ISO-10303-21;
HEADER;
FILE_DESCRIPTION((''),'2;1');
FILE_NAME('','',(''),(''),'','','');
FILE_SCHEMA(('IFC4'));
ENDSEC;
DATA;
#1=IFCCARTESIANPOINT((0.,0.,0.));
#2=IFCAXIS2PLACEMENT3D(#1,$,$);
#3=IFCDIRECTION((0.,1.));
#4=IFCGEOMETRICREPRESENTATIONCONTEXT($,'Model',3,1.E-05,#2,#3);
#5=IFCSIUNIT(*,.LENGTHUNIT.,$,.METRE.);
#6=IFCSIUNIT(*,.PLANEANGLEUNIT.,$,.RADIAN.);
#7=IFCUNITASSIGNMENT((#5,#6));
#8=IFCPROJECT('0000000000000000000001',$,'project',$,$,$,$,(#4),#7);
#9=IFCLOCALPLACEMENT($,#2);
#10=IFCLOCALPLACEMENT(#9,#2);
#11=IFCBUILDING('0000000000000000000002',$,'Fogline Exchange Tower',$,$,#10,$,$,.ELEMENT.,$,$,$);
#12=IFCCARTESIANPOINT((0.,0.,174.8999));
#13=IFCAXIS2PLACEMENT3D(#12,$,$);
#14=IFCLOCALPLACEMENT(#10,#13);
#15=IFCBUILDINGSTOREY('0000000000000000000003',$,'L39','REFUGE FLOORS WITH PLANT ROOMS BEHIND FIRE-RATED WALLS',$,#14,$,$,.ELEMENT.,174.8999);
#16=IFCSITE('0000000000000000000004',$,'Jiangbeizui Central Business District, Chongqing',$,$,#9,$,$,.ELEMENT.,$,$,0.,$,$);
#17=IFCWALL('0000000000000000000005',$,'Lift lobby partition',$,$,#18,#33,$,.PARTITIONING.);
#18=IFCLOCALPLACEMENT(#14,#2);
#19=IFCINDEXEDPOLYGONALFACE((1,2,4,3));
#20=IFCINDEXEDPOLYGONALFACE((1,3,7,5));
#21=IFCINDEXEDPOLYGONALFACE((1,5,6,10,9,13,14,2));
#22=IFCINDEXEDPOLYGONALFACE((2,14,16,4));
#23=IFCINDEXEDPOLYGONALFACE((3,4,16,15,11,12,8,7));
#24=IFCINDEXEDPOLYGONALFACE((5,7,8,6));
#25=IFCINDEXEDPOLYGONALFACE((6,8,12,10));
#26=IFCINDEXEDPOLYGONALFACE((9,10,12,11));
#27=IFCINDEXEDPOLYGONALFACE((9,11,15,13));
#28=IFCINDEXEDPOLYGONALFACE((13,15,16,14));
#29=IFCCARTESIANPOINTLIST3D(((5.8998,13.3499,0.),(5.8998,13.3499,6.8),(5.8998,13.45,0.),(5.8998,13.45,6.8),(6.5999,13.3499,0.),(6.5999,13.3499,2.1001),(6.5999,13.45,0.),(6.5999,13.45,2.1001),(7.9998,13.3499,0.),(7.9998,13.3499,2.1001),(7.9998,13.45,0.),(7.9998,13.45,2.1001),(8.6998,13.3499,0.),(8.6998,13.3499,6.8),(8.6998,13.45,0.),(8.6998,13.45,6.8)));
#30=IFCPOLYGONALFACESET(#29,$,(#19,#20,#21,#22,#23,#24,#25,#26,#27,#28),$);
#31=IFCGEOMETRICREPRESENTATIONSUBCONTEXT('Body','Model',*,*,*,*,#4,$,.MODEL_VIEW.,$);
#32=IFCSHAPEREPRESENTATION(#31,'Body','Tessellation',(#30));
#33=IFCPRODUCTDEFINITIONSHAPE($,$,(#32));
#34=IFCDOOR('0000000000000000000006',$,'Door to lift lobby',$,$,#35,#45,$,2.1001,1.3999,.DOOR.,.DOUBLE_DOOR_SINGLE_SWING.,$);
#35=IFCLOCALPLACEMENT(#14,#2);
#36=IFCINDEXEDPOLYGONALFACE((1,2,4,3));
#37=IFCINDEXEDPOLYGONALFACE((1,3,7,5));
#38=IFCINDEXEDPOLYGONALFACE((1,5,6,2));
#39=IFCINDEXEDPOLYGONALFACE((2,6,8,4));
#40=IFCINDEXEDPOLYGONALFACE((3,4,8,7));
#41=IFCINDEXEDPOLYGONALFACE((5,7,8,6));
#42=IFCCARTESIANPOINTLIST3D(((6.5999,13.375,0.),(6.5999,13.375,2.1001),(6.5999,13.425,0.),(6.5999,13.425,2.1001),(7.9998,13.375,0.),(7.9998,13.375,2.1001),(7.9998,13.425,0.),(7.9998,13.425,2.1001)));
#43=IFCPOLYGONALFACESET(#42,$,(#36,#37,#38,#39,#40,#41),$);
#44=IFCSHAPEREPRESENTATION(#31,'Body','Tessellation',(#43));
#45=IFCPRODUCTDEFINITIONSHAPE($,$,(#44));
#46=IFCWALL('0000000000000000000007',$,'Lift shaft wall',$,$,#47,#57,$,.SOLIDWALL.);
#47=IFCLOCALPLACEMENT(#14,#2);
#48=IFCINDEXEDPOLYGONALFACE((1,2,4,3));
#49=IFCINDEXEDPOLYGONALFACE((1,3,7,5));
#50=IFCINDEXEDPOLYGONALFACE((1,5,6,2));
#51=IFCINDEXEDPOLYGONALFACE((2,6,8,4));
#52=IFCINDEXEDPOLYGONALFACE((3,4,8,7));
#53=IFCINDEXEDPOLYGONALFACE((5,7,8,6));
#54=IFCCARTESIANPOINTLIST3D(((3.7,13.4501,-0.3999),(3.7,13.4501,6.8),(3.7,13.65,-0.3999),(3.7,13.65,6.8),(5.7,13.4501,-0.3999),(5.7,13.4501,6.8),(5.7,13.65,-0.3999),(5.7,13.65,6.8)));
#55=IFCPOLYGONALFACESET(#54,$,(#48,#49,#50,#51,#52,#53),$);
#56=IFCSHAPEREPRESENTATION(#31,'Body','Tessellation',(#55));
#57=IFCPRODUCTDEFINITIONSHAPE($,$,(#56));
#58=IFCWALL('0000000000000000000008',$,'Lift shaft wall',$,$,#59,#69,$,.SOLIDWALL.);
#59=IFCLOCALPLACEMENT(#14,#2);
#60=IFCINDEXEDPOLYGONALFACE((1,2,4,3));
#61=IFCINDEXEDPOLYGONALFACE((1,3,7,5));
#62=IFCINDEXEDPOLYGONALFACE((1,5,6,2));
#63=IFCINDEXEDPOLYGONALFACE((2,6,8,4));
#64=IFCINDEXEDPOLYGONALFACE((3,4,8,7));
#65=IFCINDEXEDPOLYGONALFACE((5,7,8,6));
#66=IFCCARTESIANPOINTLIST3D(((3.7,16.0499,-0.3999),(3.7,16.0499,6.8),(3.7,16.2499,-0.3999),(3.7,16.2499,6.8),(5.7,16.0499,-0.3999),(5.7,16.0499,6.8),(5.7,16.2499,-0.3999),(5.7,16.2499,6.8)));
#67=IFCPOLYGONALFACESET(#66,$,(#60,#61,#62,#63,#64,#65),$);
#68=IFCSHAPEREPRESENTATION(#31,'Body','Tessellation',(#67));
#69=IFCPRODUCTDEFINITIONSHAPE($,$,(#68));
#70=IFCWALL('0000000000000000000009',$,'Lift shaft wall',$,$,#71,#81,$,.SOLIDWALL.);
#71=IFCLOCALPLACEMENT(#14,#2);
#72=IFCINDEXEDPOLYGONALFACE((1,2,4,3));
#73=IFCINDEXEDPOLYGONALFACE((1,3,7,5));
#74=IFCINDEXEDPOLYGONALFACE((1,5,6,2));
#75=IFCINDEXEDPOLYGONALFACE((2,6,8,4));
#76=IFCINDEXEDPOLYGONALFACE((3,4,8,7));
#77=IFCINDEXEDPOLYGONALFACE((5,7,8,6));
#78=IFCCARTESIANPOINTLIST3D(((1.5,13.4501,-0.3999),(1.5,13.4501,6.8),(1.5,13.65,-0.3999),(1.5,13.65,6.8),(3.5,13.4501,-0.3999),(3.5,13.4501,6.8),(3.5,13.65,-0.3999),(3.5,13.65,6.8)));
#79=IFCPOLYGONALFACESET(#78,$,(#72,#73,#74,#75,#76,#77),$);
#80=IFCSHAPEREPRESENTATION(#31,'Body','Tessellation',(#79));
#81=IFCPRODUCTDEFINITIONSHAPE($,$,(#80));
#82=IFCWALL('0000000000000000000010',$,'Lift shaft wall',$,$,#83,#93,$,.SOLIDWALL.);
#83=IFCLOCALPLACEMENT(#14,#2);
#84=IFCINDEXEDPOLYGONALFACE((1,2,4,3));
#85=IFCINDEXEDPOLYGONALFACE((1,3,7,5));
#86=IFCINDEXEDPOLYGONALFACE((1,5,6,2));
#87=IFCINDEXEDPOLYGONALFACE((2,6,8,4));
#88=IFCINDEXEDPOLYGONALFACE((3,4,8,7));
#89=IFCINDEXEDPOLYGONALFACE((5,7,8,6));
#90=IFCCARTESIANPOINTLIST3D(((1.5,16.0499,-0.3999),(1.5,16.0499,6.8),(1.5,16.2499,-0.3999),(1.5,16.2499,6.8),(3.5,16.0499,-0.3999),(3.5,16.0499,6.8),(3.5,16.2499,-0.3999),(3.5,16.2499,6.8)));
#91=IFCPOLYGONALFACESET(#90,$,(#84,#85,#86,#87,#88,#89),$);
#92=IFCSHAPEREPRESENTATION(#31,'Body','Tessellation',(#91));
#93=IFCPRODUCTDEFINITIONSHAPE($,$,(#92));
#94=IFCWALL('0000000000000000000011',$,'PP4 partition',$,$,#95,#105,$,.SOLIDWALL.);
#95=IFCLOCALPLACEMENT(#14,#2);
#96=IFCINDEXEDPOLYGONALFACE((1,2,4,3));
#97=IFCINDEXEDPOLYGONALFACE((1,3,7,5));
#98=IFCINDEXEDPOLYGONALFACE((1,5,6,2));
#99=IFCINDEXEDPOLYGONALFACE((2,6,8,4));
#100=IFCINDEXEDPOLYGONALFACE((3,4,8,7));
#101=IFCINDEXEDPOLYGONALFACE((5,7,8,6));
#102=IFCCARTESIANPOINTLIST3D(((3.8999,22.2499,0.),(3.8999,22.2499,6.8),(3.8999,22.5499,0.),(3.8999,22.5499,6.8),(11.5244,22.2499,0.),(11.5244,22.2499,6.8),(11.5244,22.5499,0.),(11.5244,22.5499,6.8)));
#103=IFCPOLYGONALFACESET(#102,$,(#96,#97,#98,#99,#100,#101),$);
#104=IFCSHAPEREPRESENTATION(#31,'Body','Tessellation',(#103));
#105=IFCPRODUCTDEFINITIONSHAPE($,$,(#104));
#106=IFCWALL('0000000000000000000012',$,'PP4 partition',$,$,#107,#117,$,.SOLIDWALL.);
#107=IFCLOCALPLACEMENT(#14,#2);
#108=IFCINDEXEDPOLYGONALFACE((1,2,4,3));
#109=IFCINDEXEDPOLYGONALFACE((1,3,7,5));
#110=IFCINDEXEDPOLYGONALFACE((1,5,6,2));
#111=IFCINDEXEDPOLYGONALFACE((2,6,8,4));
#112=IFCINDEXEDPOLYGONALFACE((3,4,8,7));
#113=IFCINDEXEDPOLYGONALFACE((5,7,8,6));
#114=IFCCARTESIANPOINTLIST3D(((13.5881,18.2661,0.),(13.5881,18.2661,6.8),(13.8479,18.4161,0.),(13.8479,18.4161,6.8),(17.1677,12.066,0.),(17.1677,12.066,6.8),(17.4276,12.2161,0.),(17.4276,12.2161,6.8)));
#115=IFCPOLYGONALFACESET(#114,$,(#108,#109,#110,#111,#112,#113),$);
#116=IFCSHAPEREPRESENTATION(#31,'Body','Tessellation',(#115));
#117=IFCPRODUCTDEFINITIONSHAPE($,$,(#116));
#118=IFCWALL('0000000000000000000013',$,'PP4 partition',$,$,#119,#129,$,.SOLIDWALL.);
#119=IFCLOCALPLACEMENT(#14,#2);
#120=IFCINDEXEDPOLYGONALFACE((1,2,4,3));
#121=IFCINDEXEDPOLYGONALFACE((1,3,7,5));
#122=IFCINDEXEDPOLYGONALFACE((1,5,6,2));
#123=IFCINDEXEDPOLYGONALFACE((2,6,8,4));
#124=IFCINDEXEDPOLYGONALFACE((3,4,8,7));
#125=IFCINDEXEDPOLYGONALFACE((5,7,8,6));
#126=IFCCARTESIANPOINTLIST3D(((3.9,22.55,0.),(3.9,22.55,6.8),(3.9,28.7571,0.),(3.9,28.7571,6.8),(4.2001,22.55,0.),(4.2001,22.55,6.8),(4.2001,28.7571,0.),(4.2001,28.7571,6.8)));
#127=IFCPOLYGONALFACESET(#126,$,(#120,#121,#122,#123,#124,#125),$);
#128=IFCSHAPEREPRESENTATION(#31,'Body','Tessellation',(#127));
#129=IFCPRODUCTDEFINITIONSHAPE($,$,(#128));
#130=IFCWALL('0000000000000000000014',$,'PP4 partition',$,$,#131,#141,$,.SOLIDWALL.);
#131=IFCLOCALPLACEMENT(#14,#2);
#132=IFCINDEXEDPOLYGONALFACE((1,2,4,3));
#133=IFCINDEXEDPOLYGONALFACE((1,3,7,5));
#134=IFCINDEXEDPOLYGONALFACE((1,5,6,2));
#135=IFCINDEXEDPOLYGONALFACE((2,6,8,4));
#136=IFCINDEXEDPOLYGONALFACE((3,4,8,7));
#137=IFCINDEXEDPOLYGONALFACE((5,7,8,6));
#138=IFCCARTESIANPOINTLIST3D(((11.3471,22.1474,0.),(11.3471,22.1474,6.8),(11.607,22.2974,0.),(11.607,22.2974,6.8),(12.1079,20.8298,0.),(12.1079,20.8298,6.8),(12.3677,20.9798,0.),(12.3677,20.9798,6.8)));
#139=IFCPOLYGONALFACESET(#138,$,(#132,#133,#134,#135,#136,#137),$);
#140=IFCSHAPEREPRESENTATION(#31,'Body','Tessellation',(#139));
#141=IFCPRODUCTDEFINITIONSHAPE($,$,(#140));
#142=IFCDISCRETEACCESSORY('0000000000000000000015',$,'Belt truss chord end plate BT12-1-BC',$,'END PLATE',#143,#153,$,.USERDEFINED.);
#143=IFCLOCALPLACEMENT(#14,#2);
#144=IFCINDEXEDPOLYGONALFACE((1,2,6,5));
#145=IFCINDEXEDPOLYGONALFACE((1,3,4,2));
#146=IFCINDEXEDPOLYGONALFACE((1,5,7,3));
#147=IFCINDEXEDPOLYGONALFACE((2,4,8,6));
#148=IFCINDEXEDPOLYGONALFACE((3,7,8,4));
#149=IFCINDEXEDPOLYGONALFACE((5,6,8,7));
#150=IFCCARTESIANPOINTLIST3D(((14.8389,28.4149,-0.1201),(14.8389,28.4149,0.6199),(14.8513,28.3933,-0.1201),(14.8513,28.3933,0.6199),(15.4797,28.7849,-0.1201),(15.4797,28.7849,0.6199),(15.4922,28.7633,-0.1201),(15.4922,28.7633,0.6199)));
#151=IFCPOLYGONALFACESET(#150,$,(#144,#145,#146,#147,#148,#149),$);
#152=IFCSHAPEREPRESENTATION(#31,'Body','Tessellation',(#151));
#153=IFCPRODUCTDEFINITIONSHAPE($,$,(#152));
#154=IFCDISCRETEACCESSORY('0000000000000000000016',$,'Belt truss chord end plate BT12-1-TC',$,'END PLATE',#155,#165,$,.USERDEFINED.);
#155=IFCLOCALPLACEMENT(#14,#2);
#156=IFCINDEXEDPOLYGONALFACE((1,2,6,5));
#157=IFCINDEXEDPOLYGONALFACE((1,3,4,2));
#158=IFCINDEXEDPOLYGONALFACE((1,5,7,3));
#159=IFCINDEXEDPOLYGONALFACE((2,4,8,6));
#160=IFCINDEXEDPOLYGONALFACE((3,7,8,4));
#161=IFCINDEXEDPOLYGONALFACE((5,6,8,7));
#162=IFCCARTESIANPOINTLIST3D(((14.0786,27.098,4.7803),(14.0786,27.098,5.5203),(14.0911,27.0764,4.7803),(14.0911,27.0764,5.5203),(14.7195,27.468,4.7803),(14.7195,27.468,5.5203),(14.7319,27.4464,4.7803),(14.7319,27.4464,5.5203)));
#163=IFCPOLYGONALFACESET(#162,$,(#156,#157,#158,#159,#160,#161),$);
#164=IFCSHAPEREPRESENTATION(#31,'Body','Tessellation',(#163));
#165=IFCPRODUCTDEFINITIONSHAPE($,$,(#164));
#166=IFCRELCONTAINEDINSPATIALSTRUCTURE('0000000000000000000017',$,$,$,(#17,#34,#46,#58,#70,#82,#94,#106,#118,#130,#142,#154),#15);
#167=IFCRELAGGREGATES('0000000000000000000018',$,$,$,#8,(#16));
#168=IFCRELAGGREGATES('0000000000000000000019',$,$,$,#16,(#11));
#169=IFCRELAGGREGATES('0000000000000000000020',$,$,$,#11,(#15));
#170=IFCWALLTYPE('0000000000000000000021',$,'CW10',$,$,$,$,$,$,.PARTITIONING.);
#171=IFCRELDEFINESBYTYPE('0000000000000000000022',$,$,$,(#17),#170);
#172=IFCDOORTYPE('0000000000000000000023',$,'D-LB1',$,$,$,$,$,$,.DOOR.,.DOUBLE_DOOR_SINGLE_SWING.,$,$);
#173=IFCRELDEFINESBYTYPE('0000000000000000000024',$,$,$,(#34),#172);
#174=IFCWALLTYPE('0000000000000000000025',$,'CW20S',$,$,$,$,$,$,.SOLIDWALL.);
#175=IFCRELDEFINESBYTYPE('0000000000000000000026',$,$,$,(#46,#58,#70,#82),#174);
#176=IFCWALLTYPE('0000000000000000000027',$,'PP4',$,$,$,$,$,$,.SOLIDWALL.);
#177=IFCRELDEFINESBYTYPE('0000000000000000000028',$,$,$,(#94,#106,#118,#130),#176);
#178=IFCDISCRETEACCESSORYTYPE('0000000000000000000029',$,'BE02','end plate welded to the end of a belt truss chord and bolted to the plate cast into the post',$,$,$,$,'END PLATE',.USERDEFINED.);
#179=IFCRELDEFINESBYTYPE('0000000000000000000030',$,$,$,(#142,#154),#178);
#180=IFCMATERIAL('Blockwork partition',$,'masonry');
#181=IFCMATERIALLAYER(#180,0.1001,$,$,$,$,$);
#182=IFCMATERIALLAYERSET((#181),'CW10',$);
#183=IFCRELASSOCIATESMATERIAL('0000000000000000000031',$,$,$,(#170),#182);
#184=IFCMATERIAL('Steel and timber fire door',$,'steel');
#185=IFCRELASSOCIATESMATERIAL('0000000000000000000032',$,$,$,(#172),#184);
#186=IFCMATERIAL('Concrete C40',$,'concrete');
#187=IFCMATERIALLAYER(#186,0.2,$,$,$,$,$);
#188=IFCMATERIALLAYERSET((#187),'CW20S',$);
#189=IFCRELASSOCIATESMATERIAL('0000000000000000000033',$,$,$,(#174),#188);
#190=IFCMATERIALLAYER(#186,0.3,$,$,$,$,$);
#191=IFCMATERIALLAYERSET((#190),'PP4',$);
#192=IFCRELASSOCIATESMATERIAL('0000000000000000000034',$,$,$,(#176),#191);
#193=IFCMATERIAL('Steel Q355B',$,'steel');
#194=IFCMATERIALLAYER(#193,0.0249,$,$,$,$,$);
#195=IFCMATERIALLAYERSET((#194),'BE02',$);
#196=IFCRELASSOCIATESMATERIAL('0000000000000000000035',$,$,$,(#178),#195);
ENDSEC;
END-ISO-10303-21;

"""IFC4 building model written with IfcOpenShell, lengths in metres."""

from ifc_helpers import new_model, si_unit, direction, frame, frame_2d, origin, origin_2d, place, context, subcontext, project, spatial, rectangle, extrude, material, layer, layer_set, type_object, element, fill, save


model = new_model("IFC4")

# Units and contexts
model_context = context("Model", 3, precision=1e-05, world=origin(), true_north=direction((0.0, 1.0)))
body_context = subcontext(model_context, "Body", "Model", "MODEL_VIEW")
ifc_project = project(units=[si_unit("LENGTHUNIT", "METRE"), si_unit("PLANEANGLEUNIT", "RADIAN")], contexts=[model_context])

# Site, building, storey
site_placement = place(None, origin())
site = spatial("IfcSite", under=ifc_project, at=site_placement, Name="Jiangbeizui Central Business District, Chongqing", CompositionType="ELEMENT", RefElevation=0.0)
building_placement = place(site_placement, origin())
building = spatial("IfcBuilding", under=site, at=building_placement, Name="Fogline Exchange Tower", CompositionType="ELEMENT")
storey_placement = place(building_placement, frame((0.0, 0.0, 174.8999)))
storey = spatial("IfcBuildingStorey", under=building, at=storey_placement, Name="L39", Description="REFUGE FLOORS WITH PLANT ROOMS BEHIND FIRE-RATED WALLS", CompositionType="ELEMENT", Elevation=174.8999)

# Shared definitions
ifc_material_1 = material(Name="Concrete C40", Category="concrete")

# Shared definitions
ifc_material_2 = material(Name="Steel Q355B", Category="steel")

# Wall, opening, door
ifc_material_3 = material(Name="Blockwork partition", Category="masonry")
ifc_layer_1 = layer(ifc_material_3, 0.1001)
ifc_layer_set_1 = layer_set([ifc_layer_1], Name="CW10")
wall_type_1 = type_object("IfcWallType", Name="CW10", PredefinedType="PARTITIONING", material=ifc_layer_set_1)
wall_1_placement = place(storey_placement, frame((5.8999, 13.3999, 0.0), z_axis=(0.0, 0.0, 1.0), x_axis=(1.0, 0.0, 0.0)))
wall_1 = element("IfcWall", 1, at=wall_1_placement, inside=storey, type_object=wall_type_1, Name="Lift lobby partition", PredefinedType="PARTITIONING", context=body_context, shape_type="SweptSolid", body=[
    extrude(rectangle(XDim=2.8, YDim=0.1001, at=frame_2d((1.3999, 0.0))), origin(), (0.0, 0.0, 1.0), 6.8),
])
opening_1_placement = place(wall_1_placement, frame((0.7, 0.0, 0.0)))
opening_1 = element("IfcOpeningElement", 2, at=opening_1_placement, cuts=wall_1, PredefinedType="OPENING", context=body_context, shape_type="SweptSolid", body=[
    extrude(rectangle(XDim=1.3999, YDim=2.1001, at=frame_2d((0.7, 1.05))), frame((0.0, 0.0601, 0.0), z_axis=(0.0, -1.0, 0.0), x_axis=(1.0, 0.0, 0.0)), (0.0, 0.0, 1.0), 0.1201),
])
ifc_material_4 = material(Name="Steel and timber fire door", Category="steel")
door_type_1 = type_object("IfcDoorType", Name="D-LB1", OperationType="DOUBLE_DOOR_SINGLE_SWING", PredefinedType="DOOR", material=ifc_material_4)
door_1_placement = place(opening_1_placement, frame((1.3999, 0.0, 0.0), z_axis=(0.0, 0.0, 1.0), x_axis=(-1.0, 0.0, 0.0)))
door_1 = element("IfcDoor", 3, at=door_1_placement, inside=storey, type_object=door_type_1, Name="Door to lift lobby", OperationType="DOUBLE_DOOR_SINGLE_SWING", OverallHeight=2.1001, OverallWidth=1.3999, PredefinedType="DOOR", context=body_context, shape_type="SweptSolid", body=[
    extrude(rectangle(XDim=1.3999, YDim=2.1001, at=frame_2d((0.7, 1.05))), frame((0.0, 0.0249, 0.0), z_axis=(0.0, -1.0, 0.0), x_axis=(1.0, 0.0, 0.0)), (0.0, 0.0, 1.0), 0.05),
])
fill(opening_1, door_1)

# Walls
ifc_layer_2 = layer(ifc_material_1, 0.2)
ifc_layer_set_2 = layer_set([ifc_layer_2], Name="CW20S")
wall_type_2 = type_object("IfcWallType", Name="CW20S", PredefinedType="SOLIDWALL", material=ifc_layer_set_2)
for number, where, z_axis, x_axis, name in (
    (4, (3.7, 13.55, -0.3999), (0.0, 0.0, 1.0), (1.0, 0.0, 0.0), "Lift shaft wall"),
    (5, (3.7, 16.1499, -0.3999), (0.0, 0.0, 1.0), (1.0, 0.0, 0.0), "Lift shaft wall"),
    (6, (1.5, 13.55, -0.3999), (0.0, 0.0, 1.0), (1.0, 0.0, 0.0), "Lift shaft wall"),
    (7, (1.5, 16.1499, -0.3999), (0.0, 0.0, 1.0), (1.0, 0.0, 0.0), "Lift shaft wall"),
):
    element("IfcWall", number, at=place(storey_placement, frame(where, z_axis=z_axis, x_axis=x_axis)), inside=storey, type_object=wall_type_2, Name=name, PredefinedType="SOLIDWALL", context=body_context, shape_type="SweptSolid", body=[
        extrude(rectangle(XDim=2.0, YDim=0.2, at=frame_2d((1.0, 0.0))), origin(), (0.0, 0.0, 1.0), 7.2),
    ])
ifc_layer_3 = layer(ifc_material_1, 0.3)
ifc_layer_set_3 = layer_set([ifc_layer_3], Name="PP4")
wall_type_3 = type_object("IfcWallType", Name="PP4", PredefinedType="SOLIDWALL", material=ifc_layer_set_3)
wall_2_placement = place(storey_placement, frame((3.8999, 22.3999, 0.0), z_axis=(0.0, 0.0, 1.0), x_axis=(1.0, 0.0, 0.0)))
element("IfcWall", 8, at=wall_2_placement, inside=storey, type_object=wall_type_3, Name="PP4 partition", PredefinedType="SOLIDWALL", context=body_context, shape_type="SweptSolid", body=[
    extrude(rectangle(XDim=7.6245, YDim=0.3, at=frame_2d((3.8123, 0.0))), origin(), (0.0, 0.0, 1.0), 6.8),
])
wall_3_placement = place(storey_placement, frame((13.718, 18.3411, 0.0), z_axis=(0.0, 0.0, 1.0), x_axis=(0.500005, -0.866023, 0.0)))
element("IfcWall", 9, at=wall_3_placement, inside=storey, type_object=wall_type_3, Name="PP4 partition", PredefinedType="SOLIDWALL", context=body_context, shape_type="SweptSolid", body=[
    extrude(rectangle(XDim=7.1592, YDim=0.3, at=frame_2d((3.5796, 0.0))), origin(), (0.0, 0.0, 1.0), 6.8),
])
wall_4_placement = place(storey_placement, frame((4.05, 28.7571, 0.0), z_axis=(0.0, 0.0, 1.0), x_axis=(0.0, -1.0, 0.0)))
element("IfcWall", 10, at=wall_4_placement, inside=storey, type_object=wall_type_3, Name="PP4 partition", PredefinedType="SOLIDWALL", context=body_context, shape_type="SweptSolid", body=[
    extrude(rectangle(XDim=6.207, YDim=0.3, at=frame_2d((3.1035, 0.0))), origin(), (0.0, 0.0, 1.0), 6.8),
])
wall_5_placement = place(storey_placement, frame((11.4771, 22.2224, 0.0), z_axis=(0.0, 0.0, 1.0), x_axis=(0.500005, -0.866023, 0.0)))
element("IfcWall", 11, at=wall_5_placement, inside=storey, type_object=wall_type_3, Name="PP4 partition", PredefinedType="SOLIDWALL", context=body_context, shape_type="SweptSolid", body=[
    extrude(rectangle(XDim=1.5215, YDim=0.3, at=frame_2d((0.7607, 0.0))), origin(), (0.0, 0.0, 1.0), 6.8),
])

# Discrete accessories
ifc_layer_4 = layer(ifc_material_2, 0.0249)
ifc_layer_set_4 = layer_set([ifc_layer_4], Name="BE02")
discrete_accessory_type = type_object("IfcDiscreteAccessoryType", Name="BE02", Description="end plate welded to the end of a belt truss chord and bolted to the plate cast into the post", ElementType="END PLATE", PredefinedType="USERDEFINED", material=ifc_layer_set_4)
for number, where, z_axis, x_axis, name in (
    (12, (15.1655, 28.5891, -0.1201), (0.0, 0.0, 1.0), (0.5, -0.866025, 0.0), "Belt truss chord end plate BT12-1-BC"),
    (13, (14.4053, 27.2722, 4.7803), (0.0, 0.0, 1.0), (0.5, -0.866025, 0.0), "Belt truss chord end plate BT12-1-TC"),
):
    element("IfcDiscreteAccessory", number, at=place(storey_placement, frame(where, z_axis=z_axis, x_axis=x_axis)), inside=storey, type_object=discrete_accessory_type, Name=name, ObjectType="END PLATE", PredefinedType="USERDEFINED", context=body_context, shape_type="SweptSolid", body=[
        extrude(rectangle(XDim=0.0249, YDim=0.74, at=origin_2d()), origin(), (0.0, 0.0, 1.0), 0.74),
    ])

save(model, "model.ifc")
